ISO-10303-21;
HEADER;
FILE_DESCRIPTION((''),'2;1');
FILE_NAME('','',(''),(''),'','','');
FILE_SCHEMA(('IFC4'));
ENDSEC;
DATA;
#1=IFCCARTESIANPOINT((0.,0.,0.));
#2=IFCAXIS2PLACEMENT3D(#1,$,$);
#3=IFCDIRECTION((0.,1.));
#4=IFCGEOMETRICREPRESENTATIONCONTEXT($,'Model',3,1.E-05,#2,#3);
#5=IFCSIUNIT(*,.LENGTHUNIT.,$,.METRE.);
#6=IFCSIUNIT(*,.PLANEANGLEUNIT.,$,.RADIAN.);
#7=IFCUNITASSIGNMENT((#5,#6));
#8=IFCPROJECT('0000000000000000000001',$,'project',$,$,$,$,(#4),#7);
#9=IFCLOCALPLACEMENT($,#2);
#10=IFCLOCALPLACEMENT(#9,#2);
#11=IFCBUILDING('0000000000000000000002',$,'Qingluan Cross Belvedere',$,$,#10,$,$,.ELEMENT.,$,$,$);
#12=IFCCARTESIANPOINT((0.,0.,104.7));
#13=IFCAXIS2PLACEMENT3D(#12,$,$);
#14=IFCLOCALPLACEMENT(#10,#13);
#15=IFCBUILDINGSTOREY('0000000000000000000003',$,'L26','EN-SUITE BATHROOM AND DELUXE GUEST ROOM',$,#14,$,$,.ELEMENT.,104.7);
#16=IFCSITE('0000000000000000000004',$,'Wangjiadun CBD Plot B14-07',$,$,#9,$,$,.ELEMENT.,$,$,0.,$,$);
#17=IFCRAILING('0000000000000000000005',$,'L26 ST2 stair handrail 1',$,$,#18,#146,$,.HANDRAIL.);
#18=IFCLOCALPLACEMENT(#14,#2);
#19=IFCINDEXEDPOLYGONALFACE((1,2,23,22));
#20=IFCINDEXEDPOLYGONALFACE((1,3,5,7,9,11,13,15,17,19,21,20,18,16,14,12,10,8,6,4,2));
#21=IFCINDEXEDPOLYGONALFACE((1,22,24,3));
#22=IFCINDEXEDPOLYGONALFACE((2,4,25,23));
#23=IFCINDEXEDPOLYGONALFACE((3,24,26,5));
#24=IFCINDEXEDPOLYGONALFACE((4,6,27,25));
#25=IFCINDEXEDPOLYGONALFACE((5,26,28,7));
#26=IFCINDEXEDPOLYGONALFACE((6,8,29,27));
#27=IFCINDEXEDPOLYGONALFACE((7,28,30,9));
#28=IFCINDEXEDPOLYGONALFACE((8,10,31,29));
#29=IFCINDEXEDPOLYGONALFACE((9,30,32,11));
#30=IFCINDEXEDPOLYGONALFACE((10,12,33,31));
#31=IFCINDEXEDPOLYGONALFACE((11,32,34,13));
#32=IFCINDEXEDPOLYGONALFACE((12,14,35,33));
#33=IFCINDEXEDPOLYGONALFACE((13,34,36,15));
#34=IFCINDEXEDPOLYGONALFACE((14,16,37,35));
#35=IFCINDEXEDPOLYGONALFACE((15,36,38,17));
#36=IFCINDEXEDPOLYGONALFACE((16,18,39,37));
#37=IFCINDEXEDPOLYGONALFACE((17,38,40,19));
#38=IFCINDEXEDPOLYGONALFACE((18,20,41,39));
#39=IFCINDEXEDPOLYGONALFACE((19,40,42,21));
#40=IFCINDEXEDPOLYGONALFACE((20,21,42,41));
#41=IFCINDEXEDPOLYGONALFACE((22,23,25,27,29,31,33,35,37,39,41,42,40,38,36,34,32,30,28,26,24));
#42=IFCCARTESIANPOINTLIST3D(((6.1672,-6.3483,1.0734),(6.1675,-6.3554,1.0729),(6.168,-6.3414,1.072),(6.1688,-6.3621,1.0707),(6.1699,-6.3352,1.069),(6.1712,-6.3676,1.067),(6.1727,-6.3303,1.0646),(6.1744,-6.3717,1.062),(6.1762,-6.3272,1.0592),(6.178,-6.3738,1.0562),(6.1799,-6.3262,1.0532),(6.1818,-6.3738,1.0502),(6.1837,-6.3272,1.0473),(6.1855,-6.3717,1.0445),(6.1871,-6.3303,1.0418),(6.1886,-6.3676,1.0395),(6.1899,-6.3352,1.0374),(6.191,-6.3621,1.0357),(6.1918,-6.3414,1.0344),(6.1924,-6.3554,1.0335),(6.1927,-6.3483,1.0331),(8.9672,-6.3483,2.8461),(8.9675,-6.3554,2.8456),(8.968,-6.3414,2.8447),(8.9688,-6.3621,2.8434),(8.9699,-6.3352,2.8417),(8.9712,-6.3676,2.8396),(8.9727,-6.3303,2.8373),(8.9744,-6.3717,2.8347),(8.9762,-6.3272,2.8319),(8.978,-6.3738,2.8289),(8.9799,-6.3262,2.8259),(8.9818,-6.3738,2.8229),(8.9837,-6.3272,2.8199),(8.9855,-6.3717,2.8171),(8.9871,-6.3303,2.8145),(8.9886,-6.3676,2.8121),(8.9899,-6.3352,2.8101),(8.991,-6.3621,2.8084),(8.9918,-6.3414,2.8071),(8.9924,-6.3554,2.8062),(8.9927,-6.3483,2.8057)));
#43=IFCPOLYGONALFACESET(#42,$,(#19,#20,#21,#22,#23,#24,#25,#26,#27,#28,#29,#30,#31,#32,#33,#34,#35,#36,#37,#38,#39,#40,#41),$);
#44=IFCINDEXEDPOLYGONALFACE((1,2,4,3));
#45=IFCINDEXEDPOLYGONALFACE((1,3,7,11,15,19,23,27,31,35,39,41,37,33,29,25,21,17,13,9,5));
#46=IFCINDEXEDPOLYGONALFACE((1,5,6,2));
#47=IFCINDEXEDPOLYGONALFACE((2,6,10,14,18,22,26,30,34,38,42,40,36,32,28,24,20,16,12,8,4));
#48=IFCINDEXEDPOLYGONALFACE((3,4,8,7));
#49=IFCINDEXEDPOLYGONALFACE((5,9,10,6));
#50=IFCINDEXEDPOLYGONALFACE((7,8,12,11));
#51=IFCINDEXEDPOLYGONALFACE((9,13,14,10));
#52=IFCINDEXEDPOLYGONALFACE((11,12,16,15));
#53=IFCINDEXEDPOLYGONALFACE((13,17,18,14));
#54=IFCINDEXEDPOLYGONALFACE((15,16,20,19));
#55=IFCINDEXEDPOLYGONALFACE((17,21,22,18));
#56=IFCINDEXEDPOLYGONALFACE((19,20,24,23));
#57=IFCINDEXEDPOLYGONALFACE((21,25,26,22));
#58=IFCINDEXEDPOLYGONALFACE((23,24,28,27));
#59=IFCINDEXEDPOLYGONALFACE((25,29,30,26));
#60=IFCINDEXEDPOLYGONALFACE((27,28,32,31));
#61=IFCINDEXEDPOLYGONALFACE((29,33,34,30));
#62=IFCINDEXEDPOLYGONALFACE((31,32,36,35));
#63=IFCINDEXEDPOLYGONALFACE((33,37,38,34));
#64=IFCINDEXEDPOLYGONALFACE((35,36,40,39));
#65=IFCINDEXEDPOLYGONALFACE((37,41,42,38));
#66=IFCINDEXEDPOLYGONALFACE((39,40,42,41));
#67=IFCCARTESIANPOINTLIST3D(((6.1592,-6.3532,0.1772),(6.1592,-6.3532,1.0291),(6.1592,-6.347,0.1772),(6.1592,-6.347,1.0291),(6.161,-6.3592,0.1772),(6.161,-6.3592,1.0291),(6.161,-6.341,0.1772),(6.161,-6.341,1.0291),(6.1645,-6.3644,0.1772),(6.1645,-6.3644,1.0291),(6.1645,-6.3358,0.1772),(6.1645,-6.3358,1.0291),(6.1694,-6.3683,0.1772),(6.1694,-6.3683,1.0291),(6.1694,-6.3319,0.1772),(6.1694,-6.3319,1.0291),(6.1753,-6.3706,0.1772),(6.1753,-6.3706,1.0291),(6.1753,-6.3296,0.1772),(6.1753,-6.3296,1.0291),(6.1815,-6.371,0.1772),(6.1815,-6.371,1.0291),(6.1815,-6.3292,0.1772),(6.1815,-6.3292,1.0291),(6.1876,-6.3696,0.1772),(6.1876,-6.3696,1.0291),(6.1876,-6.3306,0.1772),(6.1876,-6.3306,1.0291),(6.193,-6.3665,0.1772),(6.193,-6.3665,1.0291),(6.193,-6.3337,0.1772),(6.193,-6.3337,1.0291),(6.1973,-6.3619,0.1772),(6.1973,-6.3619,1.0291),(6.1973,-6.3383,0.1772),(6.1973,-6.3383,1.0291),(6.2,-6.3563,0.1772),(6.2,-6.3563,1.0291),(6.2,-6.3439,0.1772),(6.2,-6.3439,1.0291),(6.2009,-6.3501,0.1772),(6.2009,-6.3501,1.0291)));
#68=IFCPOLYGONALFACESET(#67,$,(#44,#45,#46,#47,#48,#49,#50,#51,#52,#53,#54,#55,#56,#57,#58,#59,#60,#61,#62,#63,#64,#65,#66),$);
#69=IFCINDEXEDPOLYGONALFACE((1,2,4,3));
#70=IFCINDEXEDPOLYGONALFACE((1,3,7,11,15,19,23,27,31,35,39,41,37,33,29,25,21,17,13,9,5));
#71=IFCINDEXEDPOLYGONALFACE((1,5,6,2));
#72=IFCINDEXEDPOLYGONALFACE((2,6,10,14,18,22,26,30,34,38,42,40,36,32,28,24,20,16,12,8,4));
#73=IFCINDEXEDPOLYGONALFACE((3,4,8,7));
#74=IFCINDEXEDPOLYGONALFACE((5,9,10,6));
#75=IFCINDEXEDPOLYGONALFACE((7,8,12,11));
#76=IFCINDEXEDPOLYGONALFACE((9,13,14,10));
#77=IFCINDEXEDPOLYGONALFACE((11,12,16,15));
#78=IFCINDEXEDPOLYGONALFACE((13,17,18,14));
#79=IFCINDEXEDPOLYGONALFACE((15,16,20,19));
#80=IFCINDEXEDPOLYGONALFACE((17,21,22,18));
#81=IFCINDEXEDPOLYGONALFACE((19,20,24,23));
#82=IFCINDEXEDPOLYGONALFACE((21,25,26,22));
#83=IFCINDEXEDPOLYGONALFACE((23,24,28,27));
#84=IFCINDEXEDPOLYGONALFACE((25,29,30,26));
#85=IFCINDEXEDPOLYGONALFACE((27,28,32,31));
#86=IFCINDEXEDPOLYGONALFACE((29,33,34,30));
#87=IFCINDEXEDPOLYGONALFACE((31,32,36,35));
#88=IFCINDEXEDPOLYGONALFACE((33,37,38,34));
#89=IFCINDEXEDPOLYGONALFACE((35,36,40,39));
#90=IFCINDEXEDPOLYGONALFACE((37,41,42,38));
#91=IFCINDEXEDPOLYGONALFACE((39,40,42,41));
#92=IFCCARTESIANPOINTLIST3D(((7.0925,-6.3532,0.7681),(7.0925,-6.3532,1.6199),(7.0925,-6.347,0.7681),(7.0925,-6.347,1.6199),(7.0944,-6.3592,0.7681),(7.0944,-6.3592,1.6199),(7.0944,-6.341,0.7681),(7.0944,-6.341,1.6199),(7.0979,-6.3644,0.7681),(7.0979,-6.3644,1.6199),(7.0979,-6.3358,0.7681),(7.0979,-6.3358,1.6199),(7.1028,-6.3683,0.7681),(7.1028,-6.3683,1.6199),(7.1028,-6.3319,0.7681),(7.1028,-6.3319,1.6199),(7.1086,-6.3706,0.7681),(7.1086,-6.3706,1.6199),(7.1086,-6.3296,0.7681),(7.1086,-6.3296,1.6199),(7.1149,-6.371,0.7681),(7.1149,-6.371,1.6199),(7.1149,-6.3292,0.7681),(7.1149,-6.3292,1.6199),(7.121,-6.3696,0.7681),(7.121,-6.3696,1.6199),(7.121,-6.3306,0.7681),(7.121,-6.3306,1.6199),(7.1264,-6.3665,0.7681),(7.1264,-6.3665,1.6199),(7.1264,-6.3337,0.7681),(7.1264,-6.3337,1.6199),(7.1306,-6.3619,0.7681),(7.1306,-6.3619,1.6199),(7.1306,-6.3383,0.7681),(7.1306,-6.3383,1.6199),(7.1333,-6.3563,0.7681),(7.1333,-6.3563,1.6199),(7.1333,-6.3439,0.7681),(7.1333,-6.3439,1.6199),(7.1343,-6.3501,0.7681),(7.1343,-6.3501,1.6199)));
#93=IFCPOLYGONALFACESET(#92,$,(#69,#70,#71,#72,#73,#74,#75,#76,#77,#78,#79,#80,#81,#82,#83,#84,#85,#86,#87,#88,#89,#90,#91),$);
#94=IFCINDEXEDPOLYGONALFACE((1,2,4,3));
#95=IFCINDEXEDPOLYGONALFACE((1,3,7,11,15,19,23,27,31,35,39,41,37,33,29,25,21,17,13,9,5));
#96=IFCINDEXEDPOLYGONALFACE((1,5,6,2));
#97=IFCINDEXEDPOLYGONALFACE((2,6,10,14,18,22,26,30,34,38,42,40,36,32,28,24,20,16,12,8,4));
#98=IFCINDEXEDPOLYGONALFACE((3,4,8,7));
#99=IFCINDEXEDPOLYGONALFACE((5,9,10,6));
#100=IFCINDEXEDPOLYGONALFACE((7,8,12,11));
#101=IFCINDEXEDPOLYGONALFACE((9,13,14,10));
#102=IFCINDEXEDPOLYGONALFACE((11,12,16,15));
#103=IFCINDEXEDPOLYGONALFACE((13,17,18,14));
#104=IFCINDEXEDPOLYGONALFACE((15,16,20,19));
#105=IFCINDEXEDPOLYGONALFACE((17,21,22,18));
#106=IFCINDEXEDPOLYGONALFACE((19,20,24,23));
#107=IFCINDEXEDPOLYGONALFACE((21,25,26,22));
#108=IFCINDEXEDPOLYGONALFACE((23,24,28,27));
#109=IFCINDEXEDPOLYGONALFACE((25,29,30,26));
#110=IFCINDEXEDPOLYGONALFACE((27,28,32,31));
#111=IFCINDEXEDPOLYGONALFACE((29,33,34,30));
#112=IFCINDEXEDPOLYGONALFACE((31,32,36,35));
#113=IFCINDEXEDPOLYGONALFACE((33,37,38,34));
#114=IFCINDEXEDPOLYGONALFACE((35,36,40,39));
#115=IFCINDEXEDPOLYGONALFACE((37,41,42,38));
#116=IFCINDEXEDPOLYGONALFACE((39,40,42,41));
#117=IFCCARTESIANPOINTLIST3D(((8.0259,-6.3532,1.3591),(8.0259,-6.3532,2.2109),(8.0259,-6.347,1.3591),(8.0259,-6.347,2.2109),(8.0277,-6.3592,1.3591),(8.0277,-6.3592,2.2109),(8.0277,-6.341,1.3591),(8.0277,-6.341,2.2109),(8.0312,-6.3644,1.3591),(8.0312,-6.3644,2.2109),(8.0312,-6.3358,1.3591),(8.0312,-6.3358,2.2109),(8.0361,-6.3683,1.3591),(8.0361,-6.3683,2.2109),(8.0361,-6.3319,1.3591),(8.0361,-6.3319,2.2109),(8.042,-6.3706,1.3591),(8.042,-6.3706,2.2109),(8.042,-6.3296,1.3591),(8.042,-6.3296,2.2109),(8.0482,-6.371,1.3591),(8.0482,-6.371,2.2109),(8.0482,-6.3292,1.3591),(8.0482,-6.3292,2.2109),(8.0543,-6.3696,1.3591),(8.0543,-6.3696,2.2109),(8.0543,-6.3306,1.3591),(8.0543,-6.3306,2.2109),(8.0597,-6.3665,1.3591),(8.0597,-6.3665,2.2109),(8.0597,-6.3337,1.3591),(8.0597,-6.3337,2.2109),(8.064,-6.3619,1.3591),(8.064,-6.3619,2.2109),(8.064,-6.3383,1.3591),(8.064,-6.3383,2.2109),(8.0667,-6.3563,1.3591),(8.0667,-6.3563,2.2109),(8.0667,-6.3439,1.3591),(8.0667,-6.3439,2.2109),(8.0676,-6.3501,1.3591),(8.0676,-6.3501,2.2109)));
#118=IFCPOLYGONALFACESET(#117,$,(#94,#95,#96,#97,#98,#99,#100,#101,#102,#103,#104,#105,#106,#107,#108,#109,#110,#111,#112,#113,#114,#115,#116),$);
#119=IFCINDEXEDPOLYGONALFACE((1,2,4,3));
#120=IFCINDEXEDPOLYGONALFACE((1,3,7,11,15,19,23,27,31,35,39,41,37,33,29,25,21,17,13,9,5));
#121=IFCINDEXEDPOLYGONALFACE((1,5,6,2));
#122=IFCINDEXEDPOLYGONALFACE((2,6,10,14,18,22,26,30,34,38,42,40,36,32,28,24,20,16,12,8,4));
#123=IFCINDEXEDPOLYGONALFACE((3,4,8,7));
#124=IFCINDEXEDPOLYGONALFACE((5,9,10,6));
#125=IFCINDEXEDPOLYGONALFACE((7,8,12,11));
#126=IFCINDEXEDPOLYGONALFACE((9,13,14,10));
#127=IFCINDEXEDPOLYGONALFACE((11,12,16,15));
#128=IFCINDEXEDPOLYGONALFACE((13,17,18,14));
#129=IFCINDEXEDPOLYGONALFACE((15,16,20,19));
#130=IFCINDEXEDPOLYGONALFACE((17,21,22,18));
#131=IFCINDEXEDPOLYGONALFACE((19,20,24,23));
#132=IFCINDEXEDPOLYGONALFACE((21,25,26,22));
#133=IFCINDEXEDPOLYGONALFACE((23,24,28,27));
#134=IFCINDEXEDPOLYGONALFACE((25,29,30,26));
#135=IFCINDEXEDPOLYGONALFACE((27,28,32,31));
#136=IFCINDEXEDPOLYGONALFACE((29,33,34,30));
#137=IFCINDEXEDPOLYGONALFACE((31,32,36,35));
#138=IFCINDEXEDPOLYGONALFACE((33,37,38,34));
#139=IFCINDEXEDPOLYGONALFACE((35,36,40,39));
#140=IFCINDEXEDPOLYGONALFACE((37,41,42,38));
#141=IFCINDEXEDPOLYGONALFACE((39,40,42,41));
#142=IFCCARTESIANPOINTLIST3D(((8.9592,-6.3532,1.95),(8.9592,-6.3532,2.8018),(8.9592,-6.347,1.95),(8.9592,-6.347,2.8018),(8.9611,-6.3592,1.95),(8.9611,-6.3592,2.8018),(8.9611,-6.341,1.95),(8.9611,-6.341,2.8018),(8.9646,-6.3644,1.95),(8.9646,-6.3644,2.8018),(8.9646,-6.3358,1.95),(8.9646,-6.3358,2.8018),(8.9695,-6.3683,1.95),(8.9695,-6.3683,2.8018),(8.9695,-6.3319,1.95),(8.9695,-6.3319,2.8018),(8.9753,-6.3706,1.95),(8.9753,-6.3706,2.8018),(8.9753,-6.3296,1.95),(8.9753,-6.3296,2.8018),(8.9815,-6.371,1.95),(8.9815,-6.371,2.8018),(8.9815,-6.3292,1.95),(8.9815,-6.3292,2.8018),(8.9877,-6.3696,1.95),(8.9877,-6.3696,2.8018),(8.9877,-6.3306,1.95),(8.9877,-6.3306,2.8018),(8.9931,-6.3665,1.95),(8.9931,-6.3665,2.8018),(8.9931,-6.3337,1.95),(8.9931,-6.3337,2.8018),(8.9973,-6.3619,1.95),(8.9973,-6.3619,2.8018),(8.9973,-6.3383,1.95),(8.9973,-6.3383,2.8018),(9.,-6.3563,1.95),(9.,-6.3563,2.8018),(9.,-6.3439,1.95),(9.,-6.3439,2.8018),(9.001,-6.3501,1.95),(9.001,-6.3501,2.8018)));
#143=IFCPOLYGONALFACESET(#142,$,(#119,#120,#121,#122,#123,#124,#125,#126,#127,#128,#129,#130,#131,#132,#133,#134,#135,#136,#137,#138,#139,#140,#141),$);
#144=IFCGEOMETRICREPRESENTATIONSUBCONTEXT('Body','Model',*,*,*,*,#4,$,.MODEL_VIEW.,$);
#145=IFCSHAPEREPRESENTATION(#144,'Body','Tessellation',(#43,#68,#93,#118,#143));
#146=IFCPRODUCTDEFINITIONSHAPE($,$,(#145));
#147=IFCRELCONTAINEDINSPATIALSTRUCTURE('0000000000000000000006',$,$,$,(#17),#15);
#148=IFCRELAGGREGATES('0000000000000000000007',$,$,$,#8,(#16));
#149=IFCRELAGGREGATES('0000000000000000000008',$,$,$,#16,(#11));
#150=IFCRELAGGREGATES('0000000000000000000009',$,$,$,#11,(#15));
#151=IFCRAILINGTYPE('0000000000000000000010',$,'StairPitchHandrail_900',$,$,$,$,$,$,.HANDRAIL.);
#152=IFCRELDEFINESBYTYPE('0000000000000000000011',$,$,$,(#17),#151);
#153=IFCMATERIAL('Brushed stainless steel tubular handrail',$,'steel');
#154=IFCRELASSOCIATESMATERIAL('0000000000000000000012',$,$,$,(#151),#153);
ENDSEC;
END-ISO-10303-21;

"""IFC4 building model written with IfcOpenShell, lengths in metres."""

from ifc_helpers import new_model, si_unit, direction, frame, origin, origin_2d, place, context, subcontext, project, spatial, circle, extrude, material, type_object, element, save


model = new_model("IFC4")

# Units and contexts
model_context = context("Model", 3, precision=1e-05, world=origin(), true_north=direction((0.0, 1.0)))
body_context = subcontext(model_context, "Body", "Model", "MODEL_VIEW")
ifc_project = project(units=[si_unit("LENGTHUNIT", "METRE"), si_unit("PLANEANGLEUNIT", "RADIAN")], contexts=[model_context])

# Site, building, storey
site_placement = place(None, origin())
site = spatial("IfcSite", under=ifc_project, at=site_placement, Name="Wangjiadun CBD Plot B14-07", CompositionType="ELEMENT", RefElevation=0.0)
building_placement = place(site_placement, origin())
building = spatial("IfcBuilding", under=site, at=building_placement, Name="Qingluan Cross Belvedere", CompositionType="ELEMENT")
storey_placement = place(building_placement, frame((0.0, 0.0, 104.7)))
storey = spatial("IfcBuildingStorey", under=building, at=storey_placement, Name="L26", Description="EN-SUITE BATHROOM AND DELUXE GUEST ROOM", CompositionType="ELEMENT", Elevation=104.7)

# Railing
ifc_material_1 = material(Name="Brushed stainless steel tubular handrail", Category="steel")
railing_type_1 = type_object("IfcRailingType", Name="StairPitchHandrail_900", PredefinedType="HANDRAIL", material=ifc_material_1)
railing_1_placement = place(storey_placement, frame((6.1799, -6.3501, 0.1772)))
element("IfcRailing", 1, at=railing_1_placement, inside=storey, type_object=railing_type_1, Name="L26 ST2 stair handrail 1", PredefinedType="HANDRAIL", context=body_context, shape_type="SweptSolid", body=[
    extrude(circle(Radius=0.0239, at=origin_2d()), frame((0.0, 0.0, 0.876), z_axis=(0.844909, 0.0, 0.53491), x_axis=(0.0, 1.0, 0.0)), (0.0, 0.0, 1.0), 3.314),
    extrude(circle(Radius=0.021, at=origin_2d()), origin(), (0.0, 0.0, 1.0), 0.8518),
    extrude(circle(Radius=0.021, at=origin_2d()), frame((0.9333, 0.0, 0.5908)), (0.0, 0.0, 1.0), 0.8518),
    extrude(circle(Radius=0.021, at=origin_2d()), frame((1.8667, 0.0, 1.1819)), (0.0, 0.0, 1.0), 0.8518),
    extrude(circle(Radius=0.021, at=origin_2d()), frame((2.8, 0.0, 1.7727)), (0.0, 0.0, 1.0), 0.8518),
])

save(model, "model.ifc")
